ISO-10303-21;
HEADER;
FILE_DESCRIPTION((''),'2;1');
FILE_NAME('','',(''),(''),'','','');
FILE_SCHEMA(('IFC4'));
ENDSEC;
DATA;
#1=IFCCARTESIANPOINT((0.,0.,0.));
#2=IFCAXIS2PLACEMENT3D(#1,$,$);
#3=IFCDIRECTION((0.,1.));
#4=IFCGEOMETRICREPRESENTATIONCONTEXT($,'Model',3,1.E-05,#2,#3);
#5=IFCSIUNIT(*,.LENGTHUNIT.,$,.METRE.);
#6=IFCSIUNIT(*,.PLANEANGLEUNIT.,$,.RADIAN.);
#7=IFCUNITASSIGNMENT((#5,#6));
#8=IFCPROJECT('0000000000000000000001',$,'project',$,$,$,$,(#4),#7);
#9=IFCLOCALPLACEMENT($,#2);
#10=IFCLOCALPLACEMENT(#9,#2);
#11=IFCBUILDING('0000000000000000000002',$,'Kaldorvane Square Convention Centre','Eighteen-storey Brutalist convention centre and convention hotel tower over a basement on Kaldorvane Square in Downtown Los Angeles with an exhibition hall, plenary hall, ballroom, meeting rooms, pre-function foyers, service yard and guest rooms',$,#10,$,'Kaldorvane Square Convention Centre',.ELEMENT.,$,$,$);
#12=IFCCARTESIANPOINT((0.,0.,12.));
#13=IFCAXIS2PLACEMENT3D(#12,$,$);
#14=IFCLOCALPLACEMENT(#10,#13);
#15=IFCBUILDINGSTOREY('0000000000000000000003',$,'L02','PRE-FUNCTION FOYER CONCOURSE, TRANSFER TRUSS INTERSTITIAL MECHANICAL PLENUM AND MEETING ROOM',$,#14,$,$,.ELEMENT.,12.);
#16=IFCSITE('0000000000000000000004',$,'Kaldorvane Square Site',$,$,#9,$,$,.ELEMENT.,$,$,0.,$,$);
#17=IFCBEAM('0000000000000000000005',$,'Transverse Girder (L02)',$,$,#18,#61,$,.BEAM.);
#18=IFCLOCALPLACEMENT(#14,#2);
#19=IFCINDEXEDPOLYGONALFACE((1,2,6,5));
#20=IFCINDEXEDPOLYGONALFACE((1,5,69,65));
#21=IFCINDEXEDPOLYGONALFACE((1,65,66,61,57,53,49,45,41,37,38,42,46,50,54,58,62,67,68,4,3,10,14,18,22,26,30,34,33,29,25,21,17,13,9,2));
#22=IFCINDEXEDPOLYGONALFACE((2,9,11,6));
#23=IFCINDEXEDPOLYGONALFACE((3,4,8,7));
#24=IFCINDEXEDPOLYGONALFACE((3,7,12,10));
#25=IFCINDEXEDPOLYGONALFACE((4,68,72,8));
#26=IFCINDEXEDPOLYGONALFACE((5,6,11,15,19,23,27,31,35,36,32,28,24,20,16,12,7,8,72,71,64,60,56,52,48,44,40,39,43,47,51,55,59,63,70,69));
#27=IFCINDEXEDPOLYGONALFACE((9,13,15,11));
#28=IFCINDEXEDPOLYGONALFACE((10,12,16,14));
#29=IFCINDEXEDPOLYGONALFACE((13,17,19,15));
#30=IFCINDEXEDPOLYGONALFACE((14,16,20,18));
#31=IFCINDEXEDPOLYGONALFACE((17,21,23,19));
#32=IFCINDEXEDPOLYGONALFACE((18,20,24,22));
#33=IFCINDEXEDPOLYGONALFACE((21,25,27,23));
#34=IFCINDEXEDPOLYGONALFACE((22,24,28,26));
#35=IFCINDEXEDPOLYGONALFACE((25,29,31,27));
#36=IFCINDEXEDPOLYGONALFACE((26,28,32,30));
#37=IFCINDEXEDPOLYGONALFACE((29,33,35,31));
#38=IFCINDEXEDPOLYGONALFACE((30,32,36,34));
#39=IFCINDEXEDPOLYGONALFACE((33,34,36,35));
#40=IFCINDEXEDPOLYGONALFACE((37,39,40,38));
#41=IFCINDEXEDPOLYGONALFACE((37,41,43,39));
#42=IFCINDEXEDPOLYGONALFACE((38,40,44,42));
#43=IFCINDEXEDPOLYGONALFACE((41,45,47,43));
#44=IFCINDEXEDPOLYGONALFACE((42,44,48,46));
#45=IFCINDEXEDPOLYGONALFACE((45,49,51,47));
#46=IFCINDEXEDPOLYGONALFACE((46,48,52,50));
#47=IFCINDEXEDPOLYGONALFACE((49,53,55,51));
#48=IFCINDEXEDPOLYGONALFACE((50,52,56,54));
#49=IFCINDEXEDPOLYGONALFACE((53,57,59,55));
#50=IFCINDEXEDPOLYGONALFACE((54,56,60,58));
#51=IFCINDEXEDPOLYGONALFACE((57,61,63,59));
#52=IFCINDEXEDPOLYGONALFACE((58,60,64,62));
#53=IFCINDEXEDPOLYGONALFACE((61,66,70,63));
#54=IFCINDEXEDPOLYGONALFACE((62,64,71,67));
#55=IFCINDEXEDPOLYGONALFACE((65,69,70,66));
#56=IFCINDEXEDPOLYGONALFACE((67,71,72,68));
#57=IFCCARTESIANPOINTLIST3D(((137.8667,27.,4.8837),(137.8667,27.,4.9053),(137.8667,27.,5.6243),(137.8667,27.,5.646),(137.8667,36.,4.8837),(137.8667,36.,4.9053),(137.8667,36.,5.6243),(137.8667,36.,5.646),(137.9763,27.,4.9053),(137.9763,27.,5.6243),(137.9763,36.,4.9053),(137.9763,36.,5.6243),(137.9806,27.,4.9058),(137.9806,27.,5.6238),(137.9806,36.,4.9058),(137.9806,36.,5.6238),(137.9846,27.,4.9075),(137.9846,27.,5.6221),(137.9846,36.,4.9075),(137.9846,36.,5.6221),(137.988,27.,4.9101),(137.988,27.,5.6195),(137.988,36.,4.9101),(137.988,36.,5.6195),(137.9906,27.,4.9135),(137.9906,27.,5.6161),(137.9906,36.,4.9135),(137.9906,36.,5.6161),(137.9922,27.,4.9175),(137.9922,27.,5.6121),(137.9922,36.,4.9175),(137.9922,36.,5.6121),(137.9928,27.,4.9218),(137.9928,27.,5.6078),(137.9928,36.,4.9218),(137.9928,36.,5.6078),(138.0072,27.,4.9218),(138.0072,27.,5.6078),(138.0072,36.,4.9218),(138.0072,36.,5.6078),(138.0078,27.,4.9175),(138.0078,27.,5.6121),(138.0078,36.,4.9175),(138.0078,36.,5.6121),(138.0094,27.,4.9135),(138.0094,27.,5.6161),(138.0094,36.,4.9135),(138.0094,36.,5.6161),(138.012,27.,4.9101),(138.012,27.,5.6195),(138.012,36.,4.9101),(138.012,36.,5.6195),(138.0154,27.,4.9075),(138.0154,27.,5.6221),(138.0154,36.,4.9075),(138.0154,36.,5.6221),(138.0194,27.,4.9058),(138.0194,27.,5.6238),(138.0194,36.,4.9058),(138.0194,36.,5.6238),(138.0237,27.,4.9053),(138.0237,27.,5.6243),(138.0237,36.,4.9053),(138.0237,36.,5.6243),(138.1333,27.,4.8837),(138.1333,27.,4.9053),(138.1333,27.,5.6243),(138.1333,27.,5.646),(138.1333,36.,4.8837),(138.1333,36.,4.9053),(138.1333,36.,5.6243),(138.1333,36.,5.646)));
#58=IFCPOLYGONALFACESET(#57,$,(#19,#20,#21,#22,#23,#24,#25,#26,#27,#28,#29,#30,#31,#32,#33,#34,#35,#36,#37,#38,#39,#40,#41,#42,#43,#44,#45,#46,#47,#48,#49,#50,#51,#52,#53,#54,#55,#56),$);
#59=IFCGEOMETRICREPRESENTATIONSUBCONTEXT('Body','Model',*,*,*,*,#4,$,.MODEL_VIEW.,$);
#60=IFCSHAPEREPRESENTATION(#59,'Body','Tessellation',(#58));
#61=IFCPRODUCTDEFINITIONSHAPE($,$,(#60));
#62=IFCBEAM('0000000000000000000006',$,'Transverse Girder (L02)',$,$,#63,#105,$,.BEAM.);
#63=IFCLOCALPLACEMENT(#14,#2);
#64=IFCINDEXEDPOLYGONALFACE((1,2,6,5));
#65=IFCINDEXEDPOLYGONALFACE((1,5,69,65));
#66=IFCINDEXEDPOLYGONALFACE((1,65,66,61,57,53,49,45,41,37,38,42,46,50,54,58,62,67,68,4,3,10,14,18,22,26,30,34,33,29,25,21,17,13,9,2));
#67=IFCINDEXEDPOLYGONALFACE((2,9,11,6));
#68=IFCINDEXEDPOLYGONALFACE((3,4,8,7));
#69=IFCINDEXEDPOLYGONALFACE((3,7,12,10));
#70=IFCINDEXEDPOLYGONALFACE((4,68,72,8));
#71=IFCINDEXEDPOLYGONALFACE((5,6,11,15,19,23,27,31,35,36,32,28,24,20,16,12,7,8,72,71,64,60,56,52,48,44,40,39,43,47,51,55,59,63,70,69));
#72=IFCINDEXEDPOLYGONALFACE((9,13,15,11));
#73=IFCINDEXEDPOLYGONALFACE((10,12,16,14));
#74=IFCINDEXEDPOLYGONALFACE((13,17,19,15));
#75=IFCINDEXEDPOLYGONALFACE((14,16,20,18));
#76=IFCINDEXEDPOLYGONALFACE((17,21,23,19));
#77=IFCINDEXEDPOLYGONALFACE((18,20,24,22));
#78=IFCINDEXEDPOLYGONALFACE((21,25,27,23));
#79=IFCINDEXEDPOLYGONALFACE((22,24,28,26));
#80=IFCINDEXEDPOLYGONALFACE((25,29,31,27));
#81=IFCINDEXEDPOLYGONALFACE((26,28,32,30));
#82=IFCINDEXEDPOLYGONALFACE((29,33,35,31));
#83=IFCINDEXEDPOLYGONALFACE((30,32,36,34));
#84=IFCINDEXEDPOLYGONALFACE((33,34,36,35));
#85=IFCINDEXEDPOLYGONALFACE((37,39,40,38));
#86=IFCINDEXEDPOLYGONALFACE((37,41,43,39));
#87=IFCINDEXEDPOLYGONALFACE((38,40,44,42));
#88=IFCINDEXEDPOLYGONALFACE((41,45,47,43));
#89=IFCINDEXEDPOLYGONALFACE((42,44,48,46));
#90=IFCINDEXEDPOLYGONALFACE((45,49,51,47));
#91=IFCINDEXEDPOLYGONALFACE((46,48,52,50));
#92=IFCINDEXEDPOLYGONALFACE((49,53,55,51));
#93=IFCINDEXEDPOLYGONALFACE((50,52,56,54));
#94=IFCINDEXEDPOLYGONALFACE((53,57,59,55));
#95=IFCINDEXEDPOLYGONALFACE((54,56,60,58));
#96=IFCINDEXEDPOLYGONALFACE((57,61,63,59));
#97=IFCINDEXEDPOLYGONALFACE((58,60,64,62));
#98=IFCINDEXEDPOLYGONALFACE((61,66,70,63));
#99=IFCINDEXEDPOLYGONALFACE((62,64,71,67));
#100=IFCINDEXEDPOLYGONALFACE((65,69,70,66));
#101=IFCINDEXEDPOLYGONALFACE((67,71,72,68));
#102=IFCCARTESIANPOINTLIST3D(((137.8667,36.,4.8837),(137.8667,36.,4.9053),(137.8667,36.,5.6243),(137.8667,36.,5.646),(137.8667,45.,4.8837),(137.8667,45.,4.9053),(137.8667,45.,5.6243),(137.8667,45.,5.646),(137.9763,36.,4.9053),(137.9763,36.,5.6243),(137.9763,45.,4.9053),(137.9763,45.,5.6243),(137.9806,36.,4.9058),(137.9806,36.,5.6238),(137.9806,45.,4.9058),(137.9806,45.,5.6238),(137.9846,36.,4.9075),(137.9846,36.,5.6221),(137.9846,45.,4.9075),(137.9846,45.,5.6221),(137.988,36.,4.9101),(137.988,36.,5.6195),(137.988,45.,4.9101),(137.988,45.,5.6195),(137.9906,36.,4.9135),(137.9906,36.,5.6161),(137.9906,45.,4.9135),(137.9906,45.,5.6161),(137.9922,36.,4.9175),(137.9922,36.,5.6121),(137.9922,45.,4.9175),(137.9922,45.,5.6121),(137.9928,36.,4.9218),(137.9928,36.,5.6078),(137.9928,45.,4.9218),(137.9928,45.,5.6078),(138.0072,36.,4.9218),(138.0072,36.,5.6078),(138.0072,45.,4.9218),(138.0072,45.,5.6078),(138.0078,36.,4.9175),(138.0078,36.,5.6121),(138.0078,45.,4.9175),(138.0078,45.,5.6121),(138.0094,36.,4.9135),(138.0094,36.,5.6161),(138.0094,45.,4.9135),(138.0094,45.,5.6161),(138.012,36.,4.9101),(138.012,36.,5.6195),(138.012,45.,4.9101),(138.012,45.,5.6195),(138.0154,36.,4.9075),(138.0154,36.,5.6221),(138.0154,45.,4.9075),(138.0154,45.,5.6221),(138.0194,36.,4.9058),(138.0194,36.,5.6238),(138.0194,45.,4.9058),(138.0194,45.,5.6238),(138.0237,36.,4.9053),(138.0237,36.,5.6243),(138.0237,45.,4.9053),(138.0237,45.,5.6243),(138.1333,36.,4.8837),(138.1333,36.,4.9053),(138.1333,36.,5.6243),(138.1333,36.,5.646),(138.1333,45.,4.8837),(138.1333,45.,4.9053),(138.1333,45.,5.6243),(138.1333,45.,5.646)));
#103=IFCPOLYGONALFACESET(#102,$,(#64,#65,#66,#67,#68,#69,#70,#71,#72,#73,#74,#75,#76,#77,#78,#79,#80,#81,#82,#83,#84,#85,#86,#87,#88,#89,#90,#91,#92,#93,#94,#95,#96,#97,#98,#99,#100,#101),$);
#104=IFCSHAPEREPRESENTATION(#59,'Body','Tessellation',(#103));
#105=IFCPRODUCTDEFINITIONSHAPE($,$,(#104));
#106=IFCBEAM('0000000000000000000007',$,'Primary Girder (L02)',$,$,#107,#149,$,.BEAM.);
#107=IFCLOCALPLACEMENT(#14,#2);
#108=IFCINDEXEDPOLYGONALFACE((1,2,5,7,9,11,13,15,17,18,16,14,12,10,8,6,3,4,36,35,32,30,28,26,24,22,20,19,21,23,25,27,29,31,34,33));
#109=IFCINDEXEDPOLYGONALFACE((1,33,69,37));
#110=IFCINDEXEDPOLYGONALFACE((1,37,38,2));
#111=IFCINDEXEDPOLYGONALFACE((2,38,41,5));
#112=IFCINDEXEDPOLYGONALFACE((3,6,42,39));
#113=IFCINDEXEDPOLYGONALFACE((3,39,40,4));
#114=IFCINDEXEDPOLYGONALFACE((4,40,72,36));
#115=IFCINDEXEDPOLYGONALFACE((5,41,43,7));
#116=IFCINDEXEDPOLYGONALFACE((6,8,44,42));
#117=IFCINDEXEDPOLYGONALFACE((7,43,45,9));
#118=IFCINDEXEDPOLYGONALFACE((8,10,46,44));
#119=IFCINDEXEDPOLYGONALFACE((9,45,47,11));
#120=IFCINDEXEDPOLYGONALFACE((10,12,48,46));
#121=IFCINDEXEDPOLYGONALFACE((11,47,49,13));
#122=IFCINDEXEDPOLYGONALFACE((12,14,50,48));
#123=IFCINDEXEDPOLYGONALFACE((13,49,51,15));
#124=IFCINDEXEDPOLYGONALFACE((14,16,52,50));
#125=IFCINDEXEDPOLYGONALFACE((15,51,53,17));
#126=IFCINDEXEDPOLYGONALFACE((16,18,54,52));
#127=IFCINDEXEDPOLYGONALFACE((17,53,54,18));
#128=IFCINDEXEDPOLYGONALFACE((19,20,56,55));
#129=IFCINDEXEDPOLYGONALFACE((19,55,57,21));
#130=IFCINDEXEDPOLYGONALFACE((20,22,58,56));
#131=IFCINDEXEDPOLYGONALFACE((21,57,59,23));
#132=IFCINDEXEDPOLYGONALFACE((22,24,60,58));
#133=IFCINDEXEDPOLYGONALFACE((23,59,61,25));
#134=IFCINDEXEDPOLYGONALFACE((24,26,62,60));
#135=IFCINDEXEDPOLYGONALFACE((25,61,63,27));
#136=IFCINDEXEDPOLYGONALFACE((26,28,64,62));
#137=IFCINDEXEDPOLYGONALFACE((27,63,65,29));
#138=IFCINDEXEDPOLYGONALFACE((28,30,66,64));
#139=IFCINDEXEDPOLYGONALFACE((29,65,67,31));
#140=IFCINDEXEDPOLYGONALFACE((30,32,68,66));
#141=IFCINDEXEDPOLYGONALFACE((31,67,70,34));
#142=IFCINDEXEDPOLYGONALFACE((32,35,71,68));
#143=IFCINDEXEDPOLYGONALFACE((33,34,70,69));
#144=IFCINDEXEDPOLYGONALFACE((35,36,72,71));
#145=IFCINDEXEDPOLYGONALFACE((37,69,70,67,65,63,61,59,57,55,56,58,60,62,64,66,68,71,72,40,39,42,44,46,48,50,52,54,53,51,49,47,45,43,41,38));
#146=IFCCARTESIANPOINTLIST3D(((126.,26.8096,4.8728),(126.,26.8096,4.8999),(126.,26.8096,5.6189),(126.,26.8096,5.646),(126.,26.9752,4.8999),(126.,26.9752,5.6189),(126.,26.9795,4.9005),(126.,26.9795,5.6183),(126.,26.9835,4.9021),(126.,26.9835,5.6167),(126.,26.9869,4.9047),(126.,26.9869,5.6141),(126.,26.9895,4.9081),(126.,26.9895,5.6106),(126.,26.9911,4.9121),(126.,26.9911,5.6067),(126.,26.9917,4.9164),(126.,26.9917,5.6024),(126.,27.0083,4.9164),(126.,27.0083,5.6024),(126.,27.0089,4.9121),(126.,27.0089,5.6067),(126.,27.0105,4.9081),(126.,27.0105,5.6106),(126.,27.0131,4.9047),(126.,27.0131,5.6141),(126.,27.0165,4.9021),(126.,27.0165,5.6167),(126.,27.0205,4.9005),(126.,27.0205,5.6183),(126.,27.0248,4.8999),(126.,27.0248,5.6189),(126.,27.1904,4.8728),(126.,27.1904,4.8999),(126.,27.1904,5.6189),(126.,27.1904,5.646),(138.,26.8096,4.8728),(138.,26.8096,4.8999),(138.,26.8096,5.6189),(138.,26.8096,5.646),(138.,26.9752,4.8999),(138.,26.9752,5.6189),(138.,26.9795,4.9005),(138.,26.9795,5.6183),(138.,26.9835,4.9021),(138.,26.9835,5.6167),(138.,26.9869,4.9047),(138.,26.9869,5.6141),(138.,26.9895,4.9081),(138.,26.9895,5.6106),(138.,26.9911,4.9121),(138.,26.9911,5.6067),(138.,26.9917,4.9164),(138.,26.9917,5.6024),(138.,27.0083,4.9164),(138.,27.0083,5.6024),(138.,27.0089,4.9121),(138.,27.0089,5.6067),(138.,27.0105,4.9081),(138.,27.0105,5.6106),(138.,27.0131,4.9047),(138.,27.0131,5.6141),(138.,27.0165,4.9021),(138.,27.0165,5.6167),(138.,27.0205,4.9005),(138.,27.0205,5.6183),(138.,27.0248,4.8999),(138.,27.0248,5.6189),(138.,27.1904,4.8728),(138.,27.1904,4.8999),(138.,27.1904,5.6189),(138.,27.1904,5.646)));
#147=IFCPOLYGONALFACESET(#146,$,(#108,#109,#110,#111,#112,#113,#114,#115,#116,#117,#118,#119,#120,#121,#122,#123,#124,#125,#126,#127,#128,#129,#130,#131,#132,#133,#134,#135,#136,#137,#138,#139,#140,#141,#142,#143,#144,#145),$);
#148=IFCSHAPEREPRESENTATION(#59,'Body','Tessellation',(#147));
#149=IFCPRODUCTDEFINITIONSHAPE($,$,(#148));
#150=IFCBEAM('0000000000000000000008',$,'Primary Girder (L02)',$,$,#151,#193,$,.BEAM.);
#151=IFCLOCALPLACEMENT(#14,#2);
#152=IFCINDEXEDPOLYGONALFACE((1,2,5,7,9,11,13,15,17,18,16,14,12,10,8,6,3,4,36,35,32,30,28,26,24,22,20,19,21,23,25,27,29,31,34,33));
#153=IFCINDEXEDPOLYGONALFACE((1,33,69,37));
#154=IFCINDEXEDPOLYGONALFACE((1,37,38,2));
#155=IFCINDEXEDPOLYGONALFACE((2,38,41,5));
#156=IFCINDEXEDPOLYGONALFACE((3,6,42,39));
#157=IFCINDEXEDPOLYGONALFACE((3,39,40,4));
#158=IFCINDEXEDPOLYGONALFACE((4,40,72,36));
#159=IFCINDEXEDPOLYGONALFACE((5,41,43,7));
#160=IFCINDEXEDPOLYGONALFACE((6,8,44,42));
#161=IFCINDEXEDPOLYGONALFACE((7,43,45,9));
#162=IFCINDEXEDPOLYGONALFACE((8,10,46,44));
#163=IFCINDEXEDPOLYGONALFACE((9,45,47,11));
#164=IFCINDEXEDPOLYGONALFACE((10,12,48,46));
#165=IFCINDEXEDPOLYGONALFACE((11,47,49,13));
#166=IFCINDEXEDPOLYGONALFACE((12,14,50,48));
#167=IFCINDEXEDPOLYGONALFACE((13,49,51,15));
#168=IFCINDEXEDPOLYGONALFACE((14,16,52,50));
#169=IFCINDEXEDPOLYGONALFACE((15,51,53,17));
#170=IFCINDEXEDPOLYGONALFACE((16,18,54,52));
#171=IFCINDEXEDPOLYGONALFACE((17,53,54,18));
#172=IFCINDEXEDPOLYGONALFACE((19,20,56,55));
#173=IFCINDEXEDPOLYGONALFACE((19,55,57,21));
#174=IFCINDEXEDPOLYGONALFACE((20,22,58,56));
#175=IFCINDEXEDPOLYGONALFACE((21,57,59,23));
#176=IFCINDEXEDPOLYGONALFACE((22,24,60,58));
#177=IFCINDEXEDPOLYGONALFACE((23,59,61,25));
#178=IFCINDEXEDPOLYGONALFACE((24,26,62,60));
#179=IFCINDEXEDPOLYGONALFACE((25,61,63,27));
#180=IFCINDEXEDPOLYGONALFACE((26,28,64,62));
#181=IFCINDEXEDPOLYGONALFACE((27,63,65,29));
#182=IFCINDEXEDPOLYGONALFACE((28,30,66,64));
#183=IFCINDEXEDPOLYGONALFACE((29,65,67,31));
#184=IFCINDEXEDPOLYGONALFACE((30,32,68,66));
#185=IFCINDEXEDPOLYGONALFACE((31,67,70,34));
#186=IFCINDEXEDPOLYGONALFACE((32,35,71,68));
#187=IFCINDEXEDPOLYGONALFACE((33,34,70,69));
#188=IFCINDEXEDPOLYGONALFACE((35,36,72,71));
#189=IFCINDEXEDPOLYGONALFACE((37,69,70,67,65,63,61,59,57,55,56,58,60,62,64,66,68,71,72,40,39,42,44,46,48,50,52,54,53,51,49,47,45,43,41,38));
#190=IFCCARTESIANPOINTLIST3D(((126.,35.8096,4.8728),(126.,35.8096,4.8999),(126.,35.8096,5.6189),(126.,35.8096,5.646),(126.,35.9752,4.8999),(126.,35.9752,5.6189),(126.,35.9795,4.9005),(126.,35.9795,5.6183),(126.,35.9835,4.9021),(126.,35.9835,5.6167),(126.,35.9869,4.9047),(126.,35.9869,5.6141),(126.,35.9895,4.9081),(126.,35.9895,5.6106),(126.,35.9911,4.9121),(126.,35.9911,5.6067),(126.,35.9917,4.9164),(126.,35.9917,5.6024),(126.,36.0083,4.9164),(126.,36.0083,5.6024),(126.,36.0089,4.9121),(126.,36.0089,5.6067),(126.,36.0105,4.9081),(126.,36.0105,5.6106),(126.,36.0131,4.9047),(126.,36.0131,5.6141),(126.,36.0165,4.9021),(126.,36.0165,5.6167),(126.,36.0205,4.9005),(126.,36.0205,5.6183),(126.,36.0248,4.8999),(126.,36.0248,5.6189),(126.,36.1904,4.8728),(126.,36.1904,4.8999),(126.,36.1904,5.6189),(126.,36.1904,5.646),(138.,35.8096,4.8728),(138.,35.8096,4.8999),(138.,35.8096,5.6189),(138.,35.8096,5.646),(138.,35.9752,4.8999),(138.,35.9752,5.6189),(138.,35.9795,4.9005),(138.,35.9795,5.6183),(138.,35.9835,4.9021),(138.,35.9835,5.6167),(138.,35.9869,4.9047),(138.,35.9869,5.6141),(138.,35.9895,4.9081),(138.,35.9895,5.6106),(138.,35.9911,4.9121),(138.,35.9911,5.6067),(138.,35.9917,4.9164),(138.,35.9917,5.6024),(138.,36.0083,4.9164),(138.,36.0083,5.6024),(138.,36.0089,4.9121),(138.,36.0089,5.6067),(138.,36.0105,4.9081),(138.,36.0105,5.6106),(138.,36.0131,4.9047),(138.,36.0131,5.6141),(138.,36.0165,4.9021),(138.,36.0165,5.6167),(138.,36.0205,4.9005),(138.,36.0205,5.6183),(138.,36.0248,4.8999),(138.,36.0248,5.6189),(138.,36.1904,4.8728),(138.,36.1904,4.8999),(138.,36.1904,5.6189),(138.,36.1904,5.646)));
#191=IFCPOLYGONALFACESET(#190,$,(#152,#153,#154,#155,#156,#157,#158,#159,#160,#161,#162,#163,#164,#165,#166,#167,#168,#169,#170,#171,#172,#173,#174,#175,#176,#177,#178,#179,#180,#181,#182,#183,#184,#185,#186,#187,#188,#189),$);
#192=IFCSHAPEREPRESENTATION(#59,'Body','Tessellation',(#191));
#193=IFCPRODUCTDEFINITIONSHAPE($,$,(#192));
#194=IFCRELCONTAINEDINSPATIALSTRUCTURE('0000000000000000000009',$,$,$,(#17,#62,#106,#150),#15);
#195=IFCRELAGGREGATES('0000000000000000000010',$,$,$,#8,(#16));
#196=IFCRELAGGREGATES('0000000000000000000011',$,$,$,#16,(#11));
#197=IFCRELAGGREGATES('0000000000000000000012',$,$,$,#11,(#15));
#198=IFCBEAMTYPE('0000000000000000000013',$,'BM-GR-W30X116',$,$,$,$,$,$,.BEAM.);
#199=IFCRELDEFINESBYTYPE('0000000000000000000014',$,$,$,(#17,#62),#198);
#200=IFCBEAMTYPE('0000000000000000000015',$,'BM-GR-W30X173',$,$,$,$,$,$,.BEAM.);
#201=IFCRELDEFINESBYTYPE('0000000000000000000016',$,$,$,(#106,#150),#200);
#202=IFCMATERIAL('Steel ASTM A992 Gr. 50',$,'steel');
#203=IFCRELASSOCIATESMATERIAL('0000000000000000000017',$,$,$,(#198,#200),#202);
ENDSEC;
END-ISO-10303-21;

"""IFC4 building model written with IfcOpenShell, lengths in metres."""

from ifc_helpers import new_model, si_unit, direction, frame, origin, origin_2d, place, context, subcontext, project, spatial, i_section, extrude, material, material_profile, profile_set, type_object, element, save


model = new_model("IFC4")

# Units and contexts
model_context = context("Model", 3, precision=1e-05, world=origin(), true_north=direction((0.0, 1.0)))
body_context = subcontext(model_context, "Body", "Model", "MODEL_VIEW")
ifc_project = project(units=[si_unit("LENGTHUNIT", "METRE"), si_unit("PLANEANGLEUNIT", "RADIAN")], contexts=[model_context])

# Site, building, storey
site_placement = place(None, origin())
site = spatial("IfcSite", under=ifc_project, at=site_placement, Name="Kaldorvane Square Site", CompositionType="ELEMENT", RefElevation=0.0)
building_placement = place(site_placement, origin())
building = spatial("IfcBuilding", under=site, at=building_placement, Name="Kaldorvane Square Convention Centre", Description="Eighteen-storey Brutalist convention centre and convention hotel tower over a basement on Kaldorvane Square in Downtown Los Angeles with an exhibition hall, plenary hall, ballroom, meeting rooms, pre-function foyers, service yard and guest rooms", LongName="Kaldorvane Square Convention Centre", CompositionType="ELEMENT")
storey_placement = place(building_placement, frame((0.0, 0.0, 12.0)))
storey = spatial("IfcBuildingStorey", under=building, at=storey_placement, Name="L02", Description="PRE-FUNCTION FOYER CONCOURSE, TRANSFER TRUSS INTERSTITIAL MECHANICAL PLENUM AND MEETING ROOM", CompositionType="ELEMENT", Elevation=12.0)

# Shared definitions
ifc_material_1 = material(Name="Steel ASTM A992 Gr. 50", Category="steel")

# Beams
ifc_material_profile_1 = material_profile(ifc_material_1, i_section(OverallWidth=0.2666, OverallDepth=0.7623, WebThickness=0.0144, FlangeThickness=0.0216, FilletRadius=0.0165, at=origin_2d()), Name="W30X116")
ifc_profile_set_1 = profile_set([ifc_material_profile_1], Name="Steel ASTM A992 Gr. 50")
beam_type_1 = type_object("IfcBeamType", Name="BM-GR-W30X116", PredefinedType="BEAM", material=ifc_profile_set_1)
for number, where, z_axis, x_axis, name in (
    (1, (138.0, 27.0, 5.2648), (0.0, 1.0, 0.0), (-1.0, 0.0, 0.0), "Transverse Girder (L02)"),
    (2, (138.0, 36.0, 5.2648), (0.0, 1.0, 0.0), (-1.0, 0.0, 0.0), "Transverse Girder (L02)"),
):
    element("IfcBeam", number, at=place(storey_placement, frame(where, z_axis=z_axis, x_axis=x_axis)), inside=storey, type_object=beam_type_1, Name=name, PredefinedType="BEAM", context=body_context, shape_type="SweptSolid", body=[
        extrude(i_section(OverallWidth=0.2666, OverallDepth=0.7623, WebThickness=0.0144, FlangeThickness=0.0216, FilletRadius=0.0165, at=origin_2d()), origin(), (0.0, 0.0, 1.0), 9.0),
    ])
ifc_material_profile_2 = material_profile(ifc_material_1, i_section(OverallWidth=0.3807, OverallDepth=0.7732, WebThickness=0.0166, FlangeThickness=0.0271, FilletRadius=0.0165, at=origin_2d()), Name="W30X173")
ifc_profile_set_2 = profile_set([ifc_material_profile_2], Name="Steel ASTM A992 Gr. 50")
beam_type_2 = type_object("IfcBeamType", Name="BM-GR-W30X173", PredefinedType="BEAM", material=ifc_profile_set_2)
for number, where, z_axis, x_axis, name in (
    (3, (126.0, 27.0, 5.2594), (1.0, 0.0, 0.0), (0.0, 1.0, 0.0), "Primary Girder (L02)"),
    (4, (126.0, 36.0, 5.2594), (1.0, 0.0, 0.0), (0.0, 1.0, 0.0), "Primary Girder (L02)"),
):
    element("IfcBeam", number, at=place(storey_placement, frame(where, z_axis=z_axis, x_axis=x_axis)), inside=storey, type_object=beam_type_2, Name=name, PredefinedType="BEAM", context=body_context, shape_type="SweptSolid", body=[
        extrude(i_section(OverallWidth=0.3807, OverallDepth=0.7732, WebThickness=0.0166, FlangeThickness=0.0271, FilletRadius=0.0165, at=origin_2d()), origin(), (0.0, 0.0, 1.0), 12.0),
    ])

save(model, "model.ifc")
